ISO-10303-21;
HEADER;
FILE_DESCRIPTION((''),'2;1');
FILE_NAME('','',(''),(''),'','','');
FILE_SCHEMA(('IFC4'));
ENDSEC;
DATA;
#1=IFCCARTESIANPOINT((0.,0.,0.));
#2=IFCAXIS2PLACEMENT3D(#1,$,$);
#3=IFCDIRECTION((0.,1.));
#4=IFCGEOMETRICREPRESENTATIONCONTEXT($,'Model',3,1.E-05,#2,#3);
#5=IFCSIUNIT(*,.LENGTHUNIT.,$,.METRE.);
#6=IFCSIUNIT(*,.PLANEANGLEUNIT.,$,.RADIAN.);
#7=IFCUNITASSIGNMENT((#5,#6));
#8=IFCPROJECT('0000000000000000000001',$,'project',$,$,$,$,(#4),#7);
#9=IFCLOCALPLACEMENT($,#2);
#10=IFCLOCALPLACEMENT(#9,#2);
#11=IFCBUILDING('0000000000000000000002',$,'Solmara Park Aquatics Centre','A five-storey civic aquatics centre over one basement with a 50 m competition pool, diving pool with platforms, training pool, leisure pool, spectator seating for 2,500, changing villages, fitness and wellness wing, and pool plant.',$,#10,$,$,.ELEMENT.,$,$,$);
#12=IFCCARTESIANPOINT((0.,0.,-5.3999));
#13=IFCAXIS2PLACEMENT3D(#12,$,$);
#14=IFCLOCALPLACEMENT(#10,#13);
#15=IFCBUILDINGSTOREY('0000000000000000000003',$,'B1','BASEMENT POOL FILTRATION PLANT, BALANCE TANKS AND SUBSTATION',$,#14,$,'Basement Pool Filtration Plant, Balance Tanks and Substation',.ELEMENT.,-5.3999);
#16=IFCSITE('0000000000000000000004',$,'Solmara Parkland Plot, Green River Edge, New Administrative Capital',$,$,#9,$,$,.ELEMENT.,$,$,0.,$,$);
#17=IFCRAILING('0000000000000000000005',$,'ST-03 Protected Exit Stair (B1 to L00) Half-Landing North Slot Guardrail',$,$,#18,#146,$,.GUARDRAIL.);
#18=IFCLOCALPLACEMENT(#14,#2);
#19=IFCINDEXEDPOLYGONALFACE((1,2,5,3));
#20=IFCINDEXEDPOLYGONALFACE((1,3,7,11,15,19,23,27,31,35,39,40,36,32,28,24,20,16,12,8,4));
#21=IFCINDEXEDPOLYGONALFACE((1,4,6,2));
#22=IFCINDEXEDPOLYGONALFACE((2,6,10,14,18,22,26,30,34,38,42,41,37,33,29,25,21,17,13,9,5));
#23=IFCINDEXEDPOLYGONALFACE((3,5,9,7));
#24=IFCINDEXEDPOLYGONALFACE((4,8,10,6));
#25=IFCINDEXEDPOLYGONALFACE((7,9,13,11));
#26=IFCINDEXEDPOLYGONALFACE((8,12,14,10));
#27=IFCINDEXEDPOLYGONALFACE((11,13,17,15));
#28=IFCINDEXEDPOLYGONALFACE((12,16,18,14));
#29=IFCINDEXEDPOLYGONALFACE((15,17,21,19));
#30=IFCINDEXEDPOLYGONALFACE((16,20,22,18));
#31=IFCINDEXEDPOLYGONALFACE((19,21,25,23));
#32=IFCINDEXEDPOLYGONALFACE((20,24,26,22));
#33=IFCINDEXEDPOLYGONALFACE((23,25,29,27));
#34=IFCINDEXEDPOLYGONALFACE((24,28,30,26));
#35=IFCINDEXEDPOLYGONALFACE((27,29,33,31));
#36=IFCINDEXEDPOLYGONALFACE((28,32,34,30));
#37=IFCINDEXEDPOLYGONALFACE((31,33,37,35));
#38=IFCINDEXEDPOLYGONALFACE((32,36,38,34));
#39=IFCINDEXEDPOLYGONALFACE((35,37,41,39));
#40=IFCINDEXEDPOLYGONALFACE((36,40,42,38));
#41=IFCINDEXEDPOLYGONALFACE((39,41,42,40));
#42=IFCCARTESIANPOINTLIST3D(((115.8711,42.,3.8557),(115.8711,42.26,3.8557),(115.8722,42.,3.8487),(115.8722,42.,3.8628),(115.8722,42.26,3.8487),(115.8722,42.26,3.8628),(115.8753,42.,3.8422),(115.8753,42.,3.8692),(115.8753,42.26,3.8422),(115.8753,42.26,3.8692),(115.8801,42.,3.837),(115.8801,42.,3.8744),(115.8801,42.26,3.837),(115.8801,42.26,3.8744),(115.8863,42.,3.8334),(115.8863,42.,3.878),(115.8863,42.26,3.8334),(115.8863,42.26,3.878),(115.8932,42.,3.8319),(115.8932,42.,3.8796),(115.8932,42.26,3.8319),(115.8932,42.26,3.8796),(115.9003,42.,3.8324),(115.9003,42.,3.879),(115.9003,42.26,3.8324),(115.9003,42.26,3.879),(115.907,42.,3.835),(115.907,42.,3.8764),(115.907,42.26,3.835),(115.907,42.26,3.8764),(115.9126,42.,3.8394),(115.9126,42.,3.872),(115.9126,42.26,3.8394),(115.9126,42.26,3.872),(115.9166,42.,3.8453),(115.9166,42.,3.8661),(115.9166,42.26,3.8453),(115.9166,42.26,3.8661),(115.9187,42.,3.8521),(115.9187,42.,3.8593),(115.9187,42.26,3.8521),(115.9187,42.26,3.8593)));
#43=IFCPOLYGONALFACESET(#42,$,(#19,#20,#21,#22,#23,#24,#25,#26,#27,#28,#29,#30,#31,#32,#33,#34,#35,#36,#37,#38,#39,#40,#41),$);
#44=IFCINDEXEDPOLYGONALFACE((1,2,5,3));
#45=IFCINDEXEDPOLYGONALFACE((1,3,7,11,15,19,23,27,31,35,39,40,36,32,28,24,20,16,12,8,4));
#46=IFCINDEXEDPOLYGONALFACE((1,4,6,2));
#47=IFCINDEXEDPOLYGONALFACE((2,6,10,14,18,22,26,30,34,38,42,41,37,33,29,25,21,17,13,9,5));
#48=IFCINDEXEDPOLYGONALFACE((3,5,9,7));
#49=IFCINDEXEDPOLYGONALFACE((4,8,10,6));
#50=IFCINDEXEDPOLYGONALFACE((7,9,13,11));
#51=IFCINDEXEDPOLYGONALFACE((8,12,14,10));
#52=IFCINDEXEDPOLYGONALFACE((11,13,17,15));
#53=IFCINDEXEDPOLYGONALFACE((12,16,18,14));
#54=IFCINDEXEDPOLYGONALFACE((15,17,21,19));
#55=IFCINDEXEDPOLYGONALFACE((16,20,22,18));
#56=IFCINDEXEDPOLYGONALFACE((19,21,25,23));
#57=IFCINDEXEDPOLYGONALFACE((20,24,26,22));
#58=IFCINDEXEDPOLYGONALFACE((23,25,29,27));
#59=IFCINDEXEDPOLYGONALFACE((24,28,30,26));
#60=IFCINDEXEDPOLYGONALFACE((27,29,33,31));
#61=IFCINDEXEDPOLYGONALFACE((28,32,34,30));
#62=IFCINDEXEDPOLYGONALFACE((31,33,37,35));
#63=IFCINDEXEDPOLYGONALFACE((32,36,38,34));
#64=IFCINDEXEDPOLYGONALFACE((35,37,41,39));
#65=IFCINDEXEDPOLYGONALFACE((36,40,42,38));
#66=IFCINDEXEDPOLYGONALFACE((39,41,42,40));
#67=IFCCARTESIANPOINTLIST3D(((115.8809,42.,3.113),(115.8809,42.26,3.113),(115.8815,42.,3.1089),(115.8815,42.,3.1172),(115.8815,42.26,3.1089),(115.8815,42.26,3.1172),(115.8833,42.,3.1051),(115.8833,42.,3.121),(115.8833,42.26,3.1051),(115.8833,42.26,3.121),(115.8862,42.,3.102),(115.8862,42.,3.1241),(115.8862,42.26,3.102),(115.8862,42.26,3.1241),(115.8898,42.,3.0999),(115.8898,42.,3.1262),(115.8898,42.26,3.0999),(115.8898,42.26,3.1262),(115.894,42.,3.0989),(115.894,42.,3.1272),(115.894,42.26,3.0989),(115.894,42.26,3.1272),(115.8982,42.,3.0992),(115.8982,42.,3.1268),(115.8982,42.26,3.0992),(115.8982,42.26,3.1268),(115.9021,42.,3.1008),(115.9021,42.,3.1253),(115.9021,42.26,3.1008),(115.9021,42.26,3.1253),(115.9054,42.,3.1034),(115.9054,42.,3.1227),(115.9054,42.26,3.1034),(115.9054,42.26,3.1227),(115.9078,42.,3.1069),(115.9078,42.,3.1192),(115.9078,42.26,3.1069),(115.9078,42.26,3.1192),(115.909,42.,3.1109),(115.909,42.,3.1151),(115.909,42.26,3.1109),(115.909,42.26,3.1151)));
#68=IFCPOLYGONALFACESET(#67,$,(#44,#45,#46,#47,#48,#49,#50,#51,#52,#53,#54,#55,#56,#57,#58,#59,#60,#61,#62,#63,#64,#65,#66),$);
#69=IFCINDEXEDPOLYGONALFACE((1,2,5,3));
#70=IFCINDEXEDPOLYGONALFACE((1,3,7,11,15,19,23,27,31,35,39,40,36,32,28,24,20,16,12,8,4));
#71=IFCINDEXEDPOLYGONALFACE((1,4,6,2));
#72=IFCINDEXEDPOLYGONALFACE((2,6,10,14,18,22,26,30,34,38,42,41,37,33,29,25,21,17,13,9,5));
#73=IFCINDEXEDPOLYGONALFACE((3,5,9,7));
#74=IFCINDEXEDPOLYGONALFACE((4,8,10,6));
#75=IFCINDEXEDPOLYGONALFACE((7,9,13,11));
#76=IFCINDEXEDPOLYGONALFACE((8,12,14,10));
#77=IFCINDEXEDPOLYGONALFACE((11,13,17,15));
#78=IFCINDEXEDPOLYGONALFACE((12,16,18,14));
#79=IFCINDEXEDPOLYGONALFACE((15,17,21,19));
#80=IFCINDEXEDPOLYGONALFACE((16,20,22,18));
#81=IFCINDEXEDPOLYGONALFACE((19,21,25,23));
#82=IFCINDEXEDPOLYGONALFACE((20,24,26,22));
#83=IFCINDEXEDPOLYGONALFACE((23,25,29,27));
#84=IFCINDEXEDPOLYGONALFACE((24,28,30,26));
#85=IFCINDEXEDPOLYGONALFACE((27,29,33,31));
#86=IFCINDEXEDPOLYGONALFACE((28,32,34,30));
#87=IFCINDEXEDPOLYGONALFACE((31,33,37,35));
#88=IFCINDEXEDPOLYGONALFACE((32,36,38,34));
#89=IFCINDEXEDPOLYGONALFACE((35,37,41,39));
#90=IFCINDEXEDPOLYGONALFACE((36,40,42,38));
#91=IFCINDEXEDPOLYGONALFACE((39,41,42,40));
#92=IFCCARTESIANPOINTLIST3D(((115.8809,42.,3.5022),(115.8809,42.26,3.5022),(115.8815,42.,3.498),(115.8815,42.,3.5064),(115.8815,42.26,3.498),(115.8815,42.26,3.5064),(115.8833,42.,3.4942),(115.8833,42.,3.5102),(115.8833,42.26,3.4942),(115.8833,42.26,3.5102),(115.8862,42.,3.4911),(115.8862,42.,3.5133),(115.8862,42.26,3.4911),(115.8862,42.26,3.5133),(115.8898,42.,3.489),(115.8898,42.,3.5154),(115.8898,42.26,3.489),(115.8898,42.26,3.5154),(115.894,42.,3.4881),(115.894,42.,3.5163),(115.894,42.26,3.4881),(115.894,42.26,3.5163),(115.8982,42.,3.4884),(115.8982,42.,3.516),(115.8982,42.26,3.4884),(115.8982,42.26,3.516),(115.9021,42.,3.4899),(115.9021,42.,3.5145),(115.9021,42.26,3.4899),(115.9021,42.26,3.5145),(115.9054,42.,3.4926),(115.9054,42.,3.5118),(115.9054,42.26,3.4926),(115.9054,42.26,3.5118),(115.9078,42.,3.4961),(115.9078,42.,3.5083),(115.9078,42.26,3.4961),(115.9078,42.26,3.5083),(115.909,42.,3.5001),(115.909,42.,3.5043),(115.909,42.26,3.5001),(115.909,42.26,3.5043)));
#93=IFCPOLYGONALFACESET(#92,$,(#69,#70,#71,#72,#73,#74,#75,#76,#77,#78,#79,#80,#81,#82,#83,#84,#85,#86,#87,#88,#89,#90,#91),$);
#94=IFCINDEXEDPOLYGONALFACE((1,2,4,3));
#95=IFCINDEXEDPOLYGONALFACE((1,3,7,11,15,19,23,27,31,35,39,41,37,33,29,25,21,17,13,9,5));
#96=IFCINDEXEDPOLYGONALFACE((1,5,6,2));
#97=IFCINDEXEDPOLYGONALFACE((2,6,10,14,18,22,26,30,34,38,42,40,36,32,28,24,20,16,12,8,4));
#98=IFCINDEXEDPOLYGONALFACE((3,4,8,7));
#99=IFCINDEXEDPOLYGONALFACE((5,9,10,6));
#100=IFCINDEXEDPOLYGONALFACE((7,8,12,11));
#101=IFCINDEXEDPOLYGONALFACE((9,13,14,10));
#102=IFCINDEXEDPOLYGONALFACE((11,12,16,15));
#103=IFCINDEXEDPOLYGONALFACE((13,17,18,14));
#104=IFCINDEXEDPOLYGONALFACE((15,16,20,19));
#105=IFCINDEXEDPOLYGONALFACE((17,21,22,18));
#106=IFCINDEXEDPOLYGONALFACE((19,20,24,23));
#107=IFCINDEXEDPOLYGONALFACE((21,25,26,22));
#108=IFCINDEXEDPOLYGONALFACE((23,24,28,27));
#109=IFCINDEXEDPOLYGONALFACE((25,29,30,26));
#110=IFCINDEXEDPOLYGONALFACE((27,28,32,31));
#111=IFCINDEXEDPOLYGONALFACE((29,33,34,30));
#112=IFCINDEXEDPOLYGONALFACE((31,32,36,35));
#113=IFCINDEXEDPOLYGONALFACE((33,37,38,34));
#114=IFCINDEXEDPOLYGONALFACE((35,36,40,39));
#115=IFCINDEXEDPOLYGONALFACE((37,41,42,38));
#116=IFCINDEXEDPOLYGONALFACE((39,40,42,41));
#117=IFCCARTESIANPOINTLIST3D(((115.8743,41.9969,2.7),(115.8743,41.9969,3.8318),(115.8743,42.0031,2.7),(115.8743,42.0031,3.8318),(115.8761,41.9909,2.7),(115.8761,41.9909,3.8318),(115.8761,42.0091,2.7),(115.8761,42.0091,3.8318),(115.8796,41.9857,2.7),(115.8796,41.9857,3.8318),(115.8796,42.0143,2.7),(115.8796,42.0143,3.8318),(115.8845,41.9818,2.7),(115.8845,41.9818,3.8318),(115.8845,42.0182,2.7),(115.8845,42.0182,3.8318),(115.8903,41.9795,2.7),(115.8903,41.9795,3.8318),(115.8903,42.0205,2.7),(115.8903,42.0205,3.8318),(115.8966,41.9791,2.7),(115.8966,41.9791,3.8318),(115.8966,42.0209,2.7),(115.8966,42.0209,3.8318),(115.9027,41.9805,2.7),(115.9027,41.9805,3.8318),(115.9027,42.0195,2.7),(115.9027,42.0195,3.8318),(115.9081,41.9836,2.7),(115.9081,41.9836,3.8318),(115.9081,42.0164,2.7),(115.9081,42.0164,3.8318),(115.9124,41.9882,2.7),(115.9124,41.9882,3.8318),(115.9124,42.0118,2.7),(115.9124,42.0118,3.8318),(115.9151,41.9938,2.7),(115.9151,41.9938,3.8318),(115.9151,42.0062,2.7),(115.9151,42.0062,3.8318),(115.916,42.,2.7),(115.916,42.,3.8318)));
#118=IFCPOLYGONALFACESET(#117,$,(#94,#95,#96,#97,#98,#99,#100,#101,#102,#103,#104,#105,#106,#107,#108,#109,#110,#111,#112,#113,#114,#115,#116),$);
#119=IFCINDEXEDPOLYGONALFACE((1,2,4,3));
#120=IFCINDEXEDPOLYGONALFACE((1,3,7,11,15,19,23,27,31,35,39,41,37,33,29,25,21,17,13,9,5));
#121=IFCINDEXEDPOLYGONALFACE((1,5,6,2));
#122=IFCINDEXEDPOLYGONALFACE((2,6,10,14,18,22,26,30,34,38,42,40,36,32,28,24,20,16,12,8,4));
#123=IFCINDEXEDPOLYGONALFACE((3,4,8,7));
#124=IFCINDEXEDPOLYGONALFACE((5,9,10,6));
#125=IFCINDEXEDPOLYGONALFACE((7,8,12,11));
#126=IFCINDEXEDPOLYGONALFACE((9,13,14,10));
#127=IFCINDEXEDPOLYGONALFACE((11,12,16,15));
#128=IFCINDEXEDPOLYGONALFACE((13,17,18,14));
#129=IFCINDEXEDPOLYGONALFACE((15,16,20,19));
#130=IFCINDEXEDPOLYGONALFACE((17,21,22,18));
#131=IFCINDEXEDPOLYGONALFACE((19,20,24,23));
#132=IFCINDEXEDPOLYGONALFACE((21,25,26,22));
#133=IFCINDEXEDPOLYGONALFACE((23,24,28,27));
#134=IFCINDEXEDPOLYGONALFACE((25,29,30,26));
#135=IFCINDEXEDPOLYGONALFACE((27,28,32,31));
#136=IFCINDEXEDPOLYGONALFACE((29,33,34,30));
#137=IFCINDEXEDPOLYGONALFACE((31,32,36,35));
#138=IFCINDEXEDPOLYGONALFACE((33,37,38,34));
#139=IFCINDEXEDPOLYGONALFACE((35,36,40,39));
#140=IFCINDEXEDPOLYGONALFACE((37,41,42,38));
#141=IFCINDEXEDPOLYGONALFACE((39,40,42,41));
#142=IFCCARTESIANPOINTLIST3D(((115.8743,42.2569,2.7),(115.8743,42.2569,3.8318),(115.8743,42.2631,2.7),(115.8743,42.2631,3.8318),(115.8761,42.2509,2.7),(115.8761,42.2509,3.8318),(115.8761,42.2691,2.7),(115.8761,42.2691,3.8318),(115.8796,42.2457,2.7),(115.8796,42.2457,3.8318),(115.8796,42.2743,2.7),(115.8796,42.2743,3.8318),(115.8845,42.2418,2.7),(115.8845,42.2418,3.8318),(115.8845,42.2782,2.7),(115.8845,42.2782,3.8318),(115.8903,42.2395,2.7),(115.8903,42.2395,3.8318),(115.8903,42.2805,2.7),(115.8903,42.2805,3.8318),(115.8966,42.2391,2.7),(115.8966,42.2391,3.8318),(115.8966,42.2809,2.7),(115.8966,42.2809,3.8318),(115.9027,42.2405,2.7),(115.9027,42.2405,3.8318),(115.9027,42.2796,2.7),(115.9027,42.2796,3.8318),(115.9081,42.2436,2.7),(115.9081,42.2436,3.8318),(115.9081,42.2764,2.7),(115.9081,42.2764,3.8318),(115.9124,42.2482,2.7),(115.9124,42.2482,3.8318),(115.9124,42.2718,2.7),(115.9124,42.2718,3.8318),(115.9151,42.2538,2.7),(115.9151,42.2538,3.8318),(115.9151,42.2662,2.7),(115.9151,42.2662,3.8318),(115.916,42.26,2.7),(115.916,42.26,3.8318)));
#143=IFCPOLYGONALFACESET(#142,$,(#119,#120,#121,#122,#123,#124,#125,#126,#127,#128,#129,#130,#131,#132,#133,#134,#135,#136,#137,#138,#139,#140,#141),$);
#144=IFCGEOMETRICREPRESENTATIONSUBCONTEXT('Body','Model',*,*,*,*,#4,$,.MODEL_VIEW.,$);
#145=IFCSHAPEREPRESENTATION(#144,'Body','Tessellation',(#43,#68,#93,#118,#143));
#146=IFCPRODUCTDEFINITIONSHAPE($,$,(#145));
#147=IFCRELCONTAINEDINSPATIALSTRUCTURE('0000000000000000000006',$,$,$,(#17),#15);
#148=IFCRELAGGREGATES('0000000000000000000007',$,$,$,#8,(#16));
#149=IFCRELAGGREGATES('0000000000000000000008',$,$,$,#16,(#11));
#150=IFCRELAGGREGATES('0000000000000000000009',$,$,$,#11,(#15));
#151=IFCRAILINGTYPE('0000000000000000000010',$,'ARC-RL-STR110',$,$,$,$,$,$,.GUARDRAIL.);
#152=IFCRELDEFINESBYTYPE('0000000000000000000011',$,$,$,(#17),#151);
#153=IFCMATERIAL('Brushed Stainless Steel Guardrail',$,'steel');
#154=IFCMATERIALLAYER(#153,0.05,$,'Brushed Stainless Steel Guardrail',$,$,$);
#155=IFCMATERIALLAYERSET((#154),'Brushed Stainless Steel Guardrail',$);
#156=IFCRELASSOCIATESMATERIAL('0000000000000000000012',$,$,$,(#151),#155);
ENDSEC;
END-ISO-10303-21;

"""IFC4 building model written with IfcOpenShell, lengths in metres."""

from ifc_helpers import new_model, si_unit, direction, frame, origin, origin_2d, place, context, subcontext, project, spatial, circle, extrude, material, layer, layer_set, type_object, element, save


model = new_model("IFC4")

# Units and contexts
model_context = context("Model", 3, precision=1e-05, world=origin(), true_north=direction((0.0, 1.0)))
body_context = subcontext(model_context, "Body", "Model", "MODEL_VIEW")
ifc_project = project(units=[si_unit("LENGTHUNIT", "METRE"), si_unit("PLANEANGLEUNIT", "RADIAN")], contexts=[model_context])

# Site, building, storey
site_placement = place(None, origin())
site = spatial("IfcSite", under=ifc_project, at=site_placement, Name="Solmara Parkland Plot, Green River Edge, New Administrative Capital", CompositionType="ELEMENT", RefElevation=0.0)
building_placement = place(site_placement, origin())
building = spatial("IfcBuilding", under=site, at=building_placement, Name="Solmara Park Aquatics Centre", Description="A five-storey civic aquatics centre over one basement with a 50 m competition pool, diving pool with platforms, training pool, leisure pool, spectator seating for 2,500, changing villages, fitness and wellness wing, and pool plant.", CompositionType="ELEMENT")
storey_placement = place(building_placement, frame((0.0, 0.0, -5.3999)))
storey = spatial("IfcBuildingStorey", under=building, at=storey_placement, Name="B1", Description="BASEMENT POOL FILTRATION PLANT, BALANCE TANKS AND SUBSTATION", LongName="Basement Pool Filtration Plant, Balance Tanks and Substation", CompositionType="ELEMENT", Elevation=-5.3999)

# Railing
ifc_material_1 = material(Name="Brushed Stainless Steel Guardrail", Category="steel")
ifc_layer_1 = layer(ifc_material_1, 0.05, Name="Brushed Stainless Steel Guardrail")
ifc_layer_set_1 = layer_set([ifc_layer_1], Name="Brushed Stainless Steel Guardrail")
railing_type_1 = type_object("IfcRailingType", Name="ARC-RL-STR110", PredefinedType="GUARDRAIL", material=ifc_layer_set_1)
railing_1_placement = place(storey_placement, frame((115.895, 42.0, 2.7)))
element("IfcRailing", 1, at=railing_1_placement, inside=storey, type_object=railing_type_1, Name="ST-03 Protected Exit Stair (B1 to L00) Half-Landing North Slot Guardrail", PredefinedType="GUARDRAIL", context=body_context, shape_type="SweptSolid", body=[
    extrude(circle(Radius=0.0239, at=origin_2d()), frame((0.0, 0.0, 1.1558), z_axis=(0.0, 1.0, 0.0), x_axis=(-1.0, 0.0, 0.0)), (0.0, 0.0, 1.0), 0.26),
    extrude(circle(Radius=0.0142, at=origin_2d()), frame((0.0, 0.0, 0.4131), z_axis=(0.0, 1.0, 0.0), x_axis=(-1.0, 0.0, 0.0)), (0.0, 0.0, 1.0), 0.26),
    extrude(circle(Radius=0.0142, at=origin_2d()), frame((0.0, 0.0, 0.8022), z_axis=(0.0, 1.0, 0.0), x_axis=(-1.0, 0.0, 0.0)), (0.0, 0.0, 1.0), 0.26),
    extrude(circle(Radius=0.021, at=origin_2d()), origin(), (0.0, 0.0, 1.0), 1.1318),
    extrude(circle(Radius=0.021, at=origin_2d()), frame((0.0, 0.26, 0.0)), (0.0, 0.0, 1.0), 1.1318),
])

save(model, "model.ifc")
